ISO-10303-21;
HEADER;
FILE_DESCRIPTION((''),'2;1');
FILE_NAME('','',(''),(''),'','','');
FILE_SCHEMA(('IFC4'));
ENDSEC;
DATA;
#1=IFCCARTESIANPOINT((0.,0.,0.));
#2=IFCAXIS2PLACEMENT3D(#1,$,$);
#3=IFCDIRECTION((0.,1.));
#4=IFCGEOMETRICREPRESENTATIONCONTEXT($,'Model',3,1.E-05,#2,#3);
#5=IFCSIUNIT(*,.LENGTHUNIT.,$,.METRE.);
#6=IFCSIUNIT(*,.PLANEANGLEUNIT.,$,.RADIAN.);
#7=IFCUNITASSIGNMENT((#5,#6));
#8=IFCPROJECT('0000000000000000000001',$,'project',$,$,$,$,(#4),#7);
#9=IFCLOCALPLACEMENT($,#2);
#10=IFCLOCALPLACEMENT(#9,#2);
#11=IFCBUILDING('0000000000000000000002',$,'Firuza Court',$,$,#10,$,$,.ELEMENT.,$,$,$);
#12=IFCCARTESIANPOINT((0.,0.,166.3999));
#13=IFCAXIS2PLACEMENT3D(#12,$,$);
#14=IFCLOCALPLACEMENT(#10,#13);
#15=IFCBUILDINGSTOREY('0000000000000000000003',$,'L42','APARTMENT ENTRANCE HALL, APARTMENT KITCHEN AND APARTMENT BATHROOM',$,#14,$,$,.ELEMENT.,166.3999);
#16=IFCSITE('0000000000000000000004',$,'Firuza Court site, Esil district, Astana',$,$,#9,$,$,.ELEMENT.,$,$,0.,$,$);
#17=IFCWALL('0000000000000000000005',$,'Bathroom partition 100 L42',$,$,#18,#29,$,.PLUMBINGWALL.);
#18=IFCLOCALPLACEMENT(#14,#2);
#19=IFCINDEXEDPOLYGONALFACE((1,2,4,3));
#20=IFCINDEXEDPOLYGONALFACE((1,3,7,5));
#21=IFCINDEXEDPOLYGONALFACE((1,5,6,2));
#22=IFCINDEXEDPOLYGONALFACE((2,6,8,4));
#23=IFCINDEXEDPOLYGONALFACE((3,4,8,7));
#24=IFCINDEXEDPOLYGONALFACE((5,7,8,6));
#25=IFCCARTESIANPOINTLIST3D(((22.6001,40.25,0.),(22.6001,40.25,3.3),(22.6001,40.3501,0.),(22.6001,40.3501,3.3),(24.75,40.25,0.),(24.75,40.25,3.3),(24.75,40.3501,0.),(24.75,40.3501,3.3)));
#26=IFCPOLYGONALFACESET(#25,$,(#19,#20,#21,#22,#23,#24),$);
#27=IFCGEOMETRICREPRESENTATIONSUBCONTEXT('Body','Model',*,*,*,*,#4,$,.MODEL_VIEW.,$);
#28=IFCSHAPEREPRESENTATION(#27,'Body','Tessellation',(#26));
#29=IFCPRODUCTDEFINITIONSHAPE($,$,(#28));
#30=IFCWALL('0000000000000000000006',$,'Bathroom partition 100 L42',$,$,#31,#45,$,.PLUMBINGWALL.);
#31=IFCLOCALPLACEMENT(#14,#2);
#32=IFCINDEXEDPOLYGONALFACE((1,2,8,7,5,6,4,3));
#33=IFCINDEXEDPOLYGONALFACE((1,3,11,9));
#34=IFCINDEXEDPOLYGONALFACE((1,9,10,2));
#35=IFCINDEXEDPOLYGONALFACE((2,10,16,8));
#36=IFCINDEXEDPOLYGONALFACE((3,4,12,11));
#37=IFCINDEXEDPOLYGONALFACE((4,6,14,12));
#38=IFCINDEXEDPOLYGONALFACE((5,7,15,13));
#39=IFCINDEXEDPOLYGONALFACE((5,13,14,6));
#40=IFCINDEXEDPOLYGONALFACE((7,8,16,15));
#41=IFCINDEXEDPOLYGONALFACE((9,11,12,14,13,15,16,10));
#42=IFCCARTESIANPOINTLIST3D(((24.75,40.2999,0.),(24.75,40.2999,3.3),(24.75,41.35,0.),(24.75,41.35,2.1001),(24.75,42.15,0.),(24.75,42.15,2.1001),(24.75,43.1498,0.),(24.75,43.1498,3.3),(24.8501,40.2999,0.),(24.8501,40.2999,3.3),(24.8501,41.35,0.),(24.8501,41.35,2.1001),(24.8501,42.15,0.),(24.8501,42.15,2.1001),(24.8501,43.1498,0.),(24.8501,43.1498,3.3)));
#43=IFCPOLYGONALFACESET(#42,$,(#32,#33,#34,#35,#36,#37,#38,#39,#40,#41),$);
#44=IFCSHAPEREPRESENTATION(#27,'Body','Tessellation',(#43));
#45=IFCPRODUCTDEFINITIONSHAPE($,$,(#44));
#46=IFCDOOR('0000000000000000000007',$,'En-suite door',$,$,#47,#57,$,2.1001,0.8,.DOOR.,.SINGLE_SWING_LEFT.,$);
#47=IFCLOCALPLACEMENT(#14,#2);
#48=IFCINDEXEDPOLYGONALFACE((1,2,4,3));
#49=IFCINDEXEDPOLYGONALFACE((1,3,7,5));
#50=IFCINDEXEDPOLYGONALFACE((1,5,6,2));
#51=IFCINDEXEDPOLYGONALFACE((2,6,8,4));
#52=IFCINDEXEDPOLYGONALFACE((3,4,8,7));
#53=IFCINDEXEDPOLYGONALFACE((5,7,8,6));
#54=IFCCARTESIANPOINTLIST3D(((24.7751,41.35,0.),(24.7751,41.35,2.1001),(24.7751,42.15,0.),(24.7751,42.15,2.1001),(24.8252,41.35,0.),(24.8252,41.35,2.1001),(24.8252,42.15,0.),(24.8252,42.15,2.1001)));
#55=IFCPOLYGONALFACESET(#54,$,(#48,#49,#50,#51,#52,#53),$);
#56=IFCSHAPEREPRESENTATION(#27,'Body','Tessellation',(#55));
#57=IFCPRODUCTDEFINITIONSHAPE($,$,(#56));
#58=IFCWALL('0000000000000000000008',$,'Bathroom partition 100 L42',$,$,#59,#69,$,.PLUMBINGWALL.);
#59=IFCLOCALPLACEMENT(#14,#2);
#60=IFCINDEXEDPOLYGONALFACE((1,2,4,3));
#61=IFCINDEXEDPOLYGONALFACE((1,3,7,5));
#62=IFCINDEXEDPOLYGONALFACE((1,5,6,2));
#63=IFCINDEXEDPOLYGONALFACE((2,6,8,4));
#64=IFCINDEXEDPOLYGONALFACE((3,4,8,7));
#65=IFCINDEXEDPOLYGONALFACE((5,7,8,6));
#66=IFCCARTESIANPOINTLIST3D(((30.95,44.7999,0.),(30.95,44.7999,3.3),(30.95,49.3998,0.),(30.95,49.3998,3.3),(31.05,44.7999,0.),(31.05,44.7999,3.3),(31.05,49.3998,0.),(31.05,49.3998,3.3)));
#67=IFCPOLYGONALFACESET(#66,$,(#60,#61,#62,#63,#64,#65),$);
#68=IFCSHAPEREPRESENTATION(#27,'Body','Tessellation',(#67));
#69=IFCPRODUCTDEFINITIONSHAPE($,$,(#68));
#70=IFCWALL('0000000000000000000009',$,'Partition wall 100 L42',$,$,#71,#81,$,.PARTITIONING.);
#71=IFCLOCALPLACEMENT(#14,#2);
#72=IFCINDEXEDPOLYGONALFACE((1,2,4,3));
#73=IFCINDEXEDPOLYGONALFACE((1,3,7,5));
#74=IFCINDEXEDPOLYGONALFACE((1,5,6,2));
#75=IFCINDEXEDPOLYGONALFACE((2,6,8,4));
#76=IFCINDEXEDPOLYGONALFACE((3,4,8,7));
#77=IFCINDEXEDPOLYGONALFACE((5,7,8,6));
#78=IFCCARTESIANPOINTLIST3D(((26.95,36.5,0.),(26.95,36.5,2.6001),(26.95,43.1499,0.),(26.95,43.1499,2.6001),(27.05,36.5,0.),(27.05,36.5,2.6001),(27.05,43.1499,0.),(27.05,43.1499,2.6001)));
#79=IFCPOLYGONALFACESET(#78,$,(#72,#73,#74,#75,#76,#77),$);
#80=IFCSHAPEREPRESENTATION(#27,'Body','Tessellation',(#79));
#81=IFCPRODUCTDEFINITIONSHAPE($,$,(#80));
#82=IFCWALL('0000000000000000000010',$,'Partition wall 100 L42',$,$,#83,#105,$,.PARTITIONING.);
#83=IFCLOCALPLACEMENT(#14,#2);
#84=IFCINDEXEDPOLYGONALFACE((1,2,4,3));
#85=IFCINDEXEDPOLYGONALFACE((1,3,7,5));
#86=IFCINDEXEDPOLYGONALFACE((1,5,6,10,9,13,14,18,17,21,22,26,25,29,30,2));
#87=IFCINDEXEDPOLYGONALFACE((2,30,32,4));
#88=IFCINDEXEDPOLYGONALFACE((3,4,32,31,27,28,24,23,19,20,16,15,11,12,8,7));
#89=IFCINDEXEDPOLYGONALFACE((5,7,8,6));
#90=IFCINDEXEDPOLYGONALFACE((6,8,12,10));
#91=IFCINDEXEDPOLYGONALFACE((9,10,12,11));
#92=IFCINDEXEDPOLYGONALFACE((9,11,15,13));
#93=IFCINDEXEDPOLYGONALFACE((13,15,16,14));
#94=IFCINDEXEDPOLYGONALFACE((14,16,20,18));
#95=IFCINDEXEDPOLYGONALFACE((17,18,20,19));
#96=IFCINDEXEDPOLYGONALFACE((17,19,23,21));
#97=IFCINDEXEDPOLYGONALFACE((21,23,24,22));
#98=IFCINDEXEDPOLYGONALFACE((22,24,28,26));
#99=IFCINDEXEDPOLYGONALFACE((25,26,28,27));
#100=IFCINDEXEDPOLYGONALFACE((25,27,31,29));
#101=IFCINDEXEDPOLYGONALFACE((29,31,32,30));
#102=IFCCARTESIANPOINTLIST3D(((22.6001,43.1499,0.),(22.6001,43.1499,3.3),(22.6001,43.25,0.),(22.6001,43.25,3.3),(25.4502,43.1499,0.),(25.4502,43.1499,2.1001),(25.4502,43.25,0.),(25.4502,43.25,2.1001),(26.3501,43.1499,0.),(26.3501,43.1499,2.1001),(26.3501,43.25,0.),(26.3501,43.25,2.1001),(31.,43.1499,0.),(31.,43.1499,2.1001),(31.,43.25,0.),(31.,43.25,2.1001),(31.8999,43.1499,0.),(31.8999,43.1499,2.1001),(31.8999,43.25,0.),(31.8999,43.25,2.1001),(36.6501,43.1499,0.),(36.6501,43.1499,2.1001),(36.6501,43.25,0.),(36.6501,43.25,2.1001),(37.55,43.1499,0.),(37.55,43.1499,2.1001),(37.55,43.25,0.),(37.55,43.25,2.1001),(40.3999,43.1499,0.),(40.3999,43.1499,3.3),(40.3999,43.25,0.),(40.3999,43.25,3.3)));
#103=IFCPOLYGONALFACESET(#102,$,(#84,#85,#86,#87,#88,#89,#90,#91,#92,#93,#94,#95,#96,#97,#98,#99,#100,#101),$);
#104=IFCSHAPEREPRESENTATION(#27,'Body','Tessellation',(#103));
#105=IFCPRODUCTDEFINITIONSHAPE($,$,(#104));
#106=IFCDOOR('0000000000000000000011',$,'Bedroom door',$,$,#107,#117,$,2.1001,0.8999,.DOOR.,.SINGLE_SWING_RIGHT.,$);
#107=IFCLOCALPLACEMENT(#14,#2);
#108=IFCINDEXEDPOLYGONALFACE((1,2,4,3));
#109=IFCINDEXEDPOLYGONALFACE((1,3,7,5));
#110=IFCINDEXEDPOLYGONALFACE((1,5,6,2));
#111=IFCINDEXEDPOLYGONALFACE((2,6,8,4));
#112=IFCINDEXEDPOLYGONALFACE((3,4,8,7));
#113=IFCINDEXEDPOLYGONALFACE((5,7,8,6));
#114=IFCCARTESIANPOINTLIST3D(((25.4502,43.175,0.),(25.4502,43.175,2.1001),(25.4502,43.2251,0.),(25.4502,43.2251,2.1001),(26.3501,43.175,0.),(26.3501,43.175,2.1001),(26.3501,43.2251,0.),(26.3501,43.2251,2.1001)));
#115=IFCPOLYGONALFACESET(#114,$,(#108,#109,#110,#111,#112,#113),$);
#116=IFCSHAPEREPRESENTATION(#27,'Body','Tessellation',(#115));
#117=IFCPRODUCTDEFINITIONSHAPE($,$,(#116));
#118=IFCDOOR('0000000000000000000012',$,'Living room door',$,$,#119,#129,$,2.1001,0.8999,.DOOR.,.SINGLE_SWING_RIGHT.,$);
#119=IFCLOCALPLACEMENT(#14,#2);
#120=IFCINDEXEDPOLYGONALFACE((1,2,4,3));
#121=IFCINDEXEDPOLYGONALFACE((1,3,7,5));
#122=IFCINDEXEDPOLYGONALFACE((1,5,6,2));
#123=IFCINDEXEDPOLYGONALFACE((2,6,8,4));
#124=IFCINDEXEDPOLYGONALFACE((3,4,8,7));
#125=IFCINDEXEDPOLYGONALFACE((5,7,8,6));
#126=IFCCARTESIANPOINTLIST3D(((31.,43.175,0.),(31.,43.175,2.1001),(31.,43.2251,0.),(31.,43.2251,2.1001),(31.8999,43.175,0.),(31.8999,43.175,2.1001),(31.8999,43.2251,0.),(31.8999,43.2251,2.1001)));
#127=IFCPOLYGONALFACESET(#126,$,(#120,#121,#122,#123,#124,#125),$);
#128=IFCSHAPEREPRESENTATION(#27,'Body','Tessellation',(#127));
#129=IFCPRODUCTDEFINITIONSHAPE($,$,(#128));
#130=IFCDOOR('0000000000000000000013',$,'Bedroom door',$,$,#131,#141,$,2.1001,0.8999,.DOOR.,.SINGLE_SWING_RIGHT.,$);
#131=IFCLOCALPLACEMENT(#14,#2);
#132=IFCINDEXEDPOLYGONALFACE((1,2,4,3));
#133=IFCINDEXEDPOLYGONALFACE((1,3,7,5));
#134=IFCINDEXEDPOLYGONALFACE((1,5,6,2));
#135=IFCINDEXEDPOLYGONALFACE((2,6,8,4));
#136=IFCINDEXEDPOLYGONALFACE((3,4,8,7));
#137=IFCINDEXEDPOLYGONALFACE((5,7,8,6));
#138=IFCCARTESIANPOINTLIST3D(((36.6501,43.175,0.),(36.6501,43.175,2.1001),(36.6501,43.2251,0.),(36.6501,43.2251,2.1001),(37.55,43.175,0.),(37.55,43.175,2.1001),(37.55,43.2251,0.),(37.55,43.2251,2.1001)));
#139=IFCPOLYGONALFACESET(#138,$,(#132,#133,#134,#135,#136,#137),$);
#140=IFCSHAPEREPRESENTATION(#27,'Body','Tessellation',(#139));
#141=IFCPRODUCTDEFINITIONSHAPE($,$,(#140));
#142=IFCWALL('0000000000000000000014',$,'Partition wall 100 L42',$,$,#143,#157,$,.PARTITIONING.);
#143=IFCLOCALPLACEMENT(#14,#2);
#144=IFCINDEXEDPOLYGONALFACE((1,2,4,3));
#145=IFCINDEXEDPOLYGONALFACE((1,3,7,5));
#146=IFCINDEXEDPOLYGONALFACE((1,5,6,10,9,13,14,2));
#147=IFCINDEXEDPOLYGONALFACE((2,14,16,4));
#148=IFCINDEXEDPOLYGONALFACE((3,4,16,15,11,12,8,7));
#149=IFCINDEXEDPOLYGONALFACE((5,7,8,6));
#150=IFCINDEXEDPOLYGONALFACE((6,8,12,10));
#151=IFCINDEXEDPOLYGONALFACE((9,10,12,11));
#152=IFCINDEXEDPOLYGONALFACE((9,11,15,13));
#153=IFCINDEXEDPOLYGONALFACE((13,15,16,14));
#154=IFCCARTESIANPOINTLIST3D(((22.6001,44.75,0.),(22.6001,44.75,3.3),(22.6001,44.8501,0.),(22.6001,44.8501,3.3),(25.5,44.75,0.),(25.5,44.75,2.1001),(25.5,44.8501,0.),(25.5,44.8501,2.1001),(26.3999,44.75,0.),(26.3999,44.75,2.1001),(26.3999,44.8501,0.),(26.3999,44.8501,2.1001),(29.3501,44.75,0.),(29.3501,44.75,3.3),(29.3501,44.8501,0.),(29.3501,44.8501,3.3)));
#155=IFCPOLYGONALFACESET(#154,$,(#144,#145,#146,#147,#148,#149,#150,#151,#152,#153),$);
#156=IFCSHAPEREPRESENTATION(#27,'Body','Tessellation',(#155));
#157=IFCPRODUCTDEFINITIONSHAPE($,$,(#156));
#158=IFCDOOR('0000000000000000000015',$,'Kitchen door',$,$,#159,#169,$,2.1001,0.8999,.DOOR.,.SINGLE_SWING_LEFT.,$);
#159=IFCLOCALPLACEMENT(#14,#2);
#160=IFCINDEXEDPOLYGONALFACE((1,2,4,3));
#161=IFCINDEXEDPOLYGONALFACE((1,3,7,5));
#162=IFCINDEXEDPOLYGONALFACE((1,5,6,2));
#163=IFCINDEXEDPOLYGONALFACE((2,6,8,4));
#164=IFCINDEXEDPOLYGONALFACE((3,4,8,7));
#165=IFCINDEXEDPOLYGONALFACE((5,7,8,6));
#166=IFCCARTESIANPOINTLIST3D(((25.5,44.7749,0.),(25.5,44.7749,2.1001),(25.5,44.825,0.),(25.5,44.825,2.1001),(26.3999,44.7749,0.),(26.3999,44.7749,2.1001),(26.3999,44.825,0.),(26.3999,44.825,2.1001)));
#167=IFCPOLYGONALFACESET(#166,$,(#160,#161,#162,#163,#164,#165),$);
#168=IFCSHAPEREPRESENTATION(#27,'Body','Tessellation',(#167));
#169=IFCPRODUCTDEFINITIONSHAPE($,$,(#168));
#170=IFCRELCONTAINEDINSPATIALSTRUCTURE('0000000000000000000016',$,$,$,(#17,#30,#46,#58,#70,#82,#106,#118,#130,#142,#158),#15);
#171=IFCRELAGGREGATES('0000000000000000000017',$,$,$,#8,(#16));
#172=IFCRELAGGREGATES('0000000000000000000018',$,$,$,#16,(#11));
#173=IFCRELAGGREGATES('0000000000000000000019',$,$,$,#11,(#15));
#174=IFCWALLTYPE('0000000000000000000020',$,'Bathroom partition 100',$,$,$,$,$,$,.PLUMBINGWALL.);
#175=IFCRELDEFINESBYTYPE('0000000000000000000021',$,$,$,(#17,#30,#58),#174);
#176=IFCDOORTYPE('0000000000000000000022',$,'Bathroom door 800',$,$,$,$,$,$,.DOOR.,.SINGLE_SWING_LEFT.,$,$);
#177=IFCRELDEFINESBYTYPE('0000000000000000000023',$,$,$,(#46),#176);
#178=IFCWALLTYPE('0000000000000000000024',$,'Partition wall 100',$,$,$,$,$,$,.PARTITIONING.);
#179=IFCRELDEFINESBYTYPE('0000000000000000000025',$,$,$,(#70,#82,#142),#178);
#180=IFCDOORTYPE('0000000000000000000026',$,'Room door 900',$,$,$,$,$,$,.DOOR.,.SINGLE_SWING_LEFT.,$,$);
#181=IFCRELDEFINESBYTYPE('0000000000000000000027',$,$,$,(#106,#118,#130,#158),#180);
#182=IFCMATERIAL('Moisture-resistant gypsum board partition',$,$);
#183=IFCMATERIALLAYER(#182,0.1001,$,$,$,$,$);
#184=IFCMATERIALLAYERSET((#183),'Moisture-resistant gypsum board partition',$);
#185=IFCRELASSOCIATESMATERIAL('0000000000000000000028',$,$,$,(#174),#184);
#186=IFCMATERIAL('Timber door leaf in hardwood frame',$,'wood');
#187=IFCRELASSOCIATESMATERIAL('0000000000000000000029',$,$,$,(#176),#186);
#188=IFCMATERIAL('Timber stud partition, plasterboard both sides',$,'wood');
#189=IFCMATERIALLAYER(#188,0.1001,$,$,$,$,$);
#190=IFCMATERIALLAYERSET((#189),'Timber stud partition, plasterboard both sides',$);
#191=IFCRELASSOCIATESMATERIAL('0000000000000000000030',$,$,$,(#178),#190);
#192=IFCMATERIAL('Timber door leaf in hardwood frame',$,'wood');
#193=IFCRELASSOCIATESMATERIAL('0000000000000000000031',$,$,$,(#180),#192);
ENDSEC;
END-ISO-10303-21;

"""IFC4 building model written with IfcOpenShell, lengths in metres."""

from ifc_helpers import new_model, si_unit, direction, frame, frame_2d, origin, place, context, subcontext, project, spatial, rectangle, extrude, material, layer, layer_set, type_object, element, fill, save


model = new_model("IFC4")

# Units and contexts
model_context = context("Model", 3, precision=1e-05, world=origin(), true_north=direction((0.0, 1.0)))
body_context = subcontext(model_context, "Body", "Model", "MODEL_VIEW")
ifc_project = project(units=[si_unit("LENGTHUNIT", "METRE"), si_unit("PLANEANGLEUNIT", "RADIAN")], contexts=[model_context])

# Site, building, storey
site_placement = place(None, origin())
site = spatial("IfcSite", under=ifc_project, at=site_placement, Name="Firuza Court site, Esil district, Astana", CompositionType="ELEMENT", RefElevation=0.0)
building_placement = place(site_placement, origin())
building = spatial("IfcBuilding", under=site, at=building_placement, Name="Firuza Court", CompositionType="ELEMENT")
storey_placement = place(building_placement, frame((0.0, 0.0, 166.3999)))
storey = spatial("IfcBuildingStorey", under=building, at=storey_placement, Name="L42", Description="APARTMENT ENTRANCE HALL, APARTMENT KITCHEN AND APARTMENT BATHROOM", CompositionType="ELEMENT", Elevation=166.3999)

# Wall
ifc_material_1 = material(Name="Moisture-resistant gypsum board partition")
ifc_layer_1 = layer(ifc_material_1, 0.1001)
ifc_layer_set_1 = layer_set([ifc_layer_1], Name="Moisture-resistant gypsum board partition")
wall_type_1 = type_object("IfcWallType", Name="Bathroom partition 100", PredefinedType="PLUMBINGWALL", material=ifc_layer_set_1)
wall_1_placement = place(storey_placement, frame((22.6001, 40.3, 0.0), z_axis=(0.0, 0.0, 1.0), x_axis=(1.0, 0.0, 0.0)))
element("IfcWall", 1, at=wall_1_placement, inside=storey, type_object=wall_type_1, Name="Bathroom partition 100 L42", PredefinedType="PLUMBINGWALL", context=body_context, shape_type="SweptSolid", body=[
    extrude(rectangle(XDim=2.1499, YDim=0.1001, at=frame_2d((1.075, 0.0))), origin(), (0.0, 0.0, 1.0), 3.3),
])

# Wall, opening, door
wall_2_placement = place(storey_placement, frame((24.8, 40.3, 0.0), z_axis=(0.0, 0.0, 1.0), x_axis=(0.0, 1.0, 0.0)))
wall_2 = element("IfcWall", 2, at=wall_2_placement, inside=storey, type_object=wall_type_1, Name="Bathroom partition 100 L42", PredefinedType="PLUMBINGWALL", context=body_context, shape_type="SweptSolid", body=[
    extrude(rectangle(XDim=2.8499, YDim=0.1001, at=frame_2d((1.4248, 0.0))), origin(), (0.0, 0.0, 1.0), 3.3),
])
opening_1_placement = place(wall_2_placement, frame((1.05, 0.0, 0.0)))
opening_1 = element("IfcOpeningElement", 3, at=opening_1_placement, cuts=wall_2, PredefinedType="OPENING", context=body_context, shape_type="SweptSolid", body=[
    extrude(rectangle(XDim=0.8, YDim=2.1001, at=frame_2d((0.3999, 1.05))), frame((0.0, 0.062, 0.0), z_axis=(0.0, -1.0, 0.0), x_axis=(1.0, 0.0, 0.0)), (0.0, 0.0, 1.0), 0.124),
])
ifc_material_2 = material(Name="Timber door leaf in hardwood frame", Category="wood")
door_type_1 = type_object("IfcDoorType", Name="Bathroom door 800", OperationType="SINGLE_SWING_LEFT", PredefinedType="DOOR", material=ifc_material_2)
door_1_placement = place(opening_1_placement, origin())
door_1 = element("IfcDoor", 4, at=door_1_placement, inside=storey, type_object=door_type_1, Name="En-suite door", OperationType="SINGLE_SWING_LEFT", OverallHeight=2.1001, OverallWidth=0.8, PredefinedType="DOOR", context=body_context, shape_type="SweptSolid", body=[
    extrude(rectangle(XDim=0.8, YDim=2.1001, at=frame_2d((0.3999, 1.05))), frame((0.0, 0.0249, 0.0), z_axis=(0.0, -1.0, 0.0), x_axis=(1.0, 0.0, 0.0)), (0.0, 0.0, 1.0), 0.05),
])
fill(opening_1, door_1)

# Walls
wall_3_placement = place(storey_placement, frame((31.0, 44.8, 0.0), z_axis=(0.0, 0.0, 1.0), x_axis=(0.0, 1.0, 0.0)))
element("IfcWall", 5, at=wall_3_placement, inside=storey, type_object=wall_type_1, Name="Bathroom partition 100 L42", PredefinedType="PLUMBINGWALL", context=body_context, shape_type="SweptSolid", body=[
    extrude(rectangle(XDim=4.5999, YDim=0.1001, at=frame_2d((2.2998, 0.0))), origin(), (0.0, 0.0, 1.0), 3.3),
])
ifc_material_3 = material(Name="Timber stud partition, plasterboard both sides", Category="wood")
ifc_layer_2 = layer(ifc_material_3, 0.1001)
ifc_layer_set_2 = layer_set([ifc_layer_2], Name="Timber stud partition, plasterboard both sides")
wall_type_2 = type_object("IfcWallType", Name="Partition wall 100", PredefinedType="PARTITIONING", material=ifc_layer_set_2)
wall_4_placement = place(storey_placement, frame((27.0, 36.5, 0.0), z_axis=(0.0, 0.0, 1.0), x_axis=(0.0, 1.0, 0.0)))
element("IfcWall", 6, at=wall_4_placement, inside=storey, type_object=wall_type_2, Name="Partition wall 100 L42", PredefinedType="PARTITIONING", context=body_context, shape_type="SweptSolid", body=[
    extrude(rectangle(XDim=6.6499, YDim=0.1001, at=frame_2d((3.325, 0.0))), origin(), (0.0, 0.0, 1.0), 2.6001),
])

# Wall, openings, doors
wall_5_placement = place(storey_placement, frame((22.6001, 43.2, 0.0), z_axis=(0.0, 0.0, 1.0), x_axis=(1.0, 0.0, 0.0)))
wall_5 = element("IfcWall", 7, at=wall_5_placement, inside=storey, type_object=wall_type_2, Name="Partition wall 100 L42", PredefinedType="PARTITIONING", context=body_context, shape_type="SweptSolid", body=[
    extrude(rectangle(XDim=17.7998, YDim=0.1001, at=frame_2d((8.8999, 0.0))), origin(), (0.0, 0.0, 1.0), 3.3),
])
opening_2_placement = place(wall_5_placement, frame((2.8501, 0.0, 0.0)))
opening_2 = element("IfcOpeningElement", 8, at=opening_2_placement, cuts=wall_5, PredefinedType="OPENING", context=body_context, shape_type="SweptSolid", body=[
    extrude(rectangle(XDim=0.8999, YDim=2.1001, at=frame_2d((0.45, 1.05))), frame((0.0, 0.062, 0.0), z_axis=(0.0, -1.0, 0.0), x_axis=(1.0, 0.0, 0.0)), (0.0, 0.0, 1.0), 0.124),
])
opening_3_placement = place(wall_5_placement, frame((8.3999, 0.0, 0.0)))
opening_3 = element("IfcOpeningElement", 9, at=opening_3_placement, cuts=wall_5, PredefinedType="OPENING", context=body_context, shape_type="SweptSolid", body=[
    extrude(rectangle(XDim=0.8999, YDim=2.1001, at=frame_2d((0.45, 1.05))), frame((0.0, 0.062, 0.0), z_axis=(0.0, -1.0, 0.0), x_axis=(1.0, 0.0, 0.0)), (0.0, 0.0, 1.0), 0.124),
])
opening_4_placement = place(wall_5_placement, frame((14.05, 0.0, 0.0)))
opening_4 = element("IfcOpeningElement", 10, at=opening_4_placement, cuts=wall_5, PredefinedType="OPENING", context=body_context, shape_type="SweptSolid", body=[
    extrude(rectangle(XDim=0.8999, YDim=2.1001, at=frame_2d((0.45, 1.05))), frame((0.0, 0.062, 0.0), z_axis=(0.0, -1.0, 0.0), x_axis=(1.0, 0.0, 0.0)), (0.0, 0.0, 1.0), 0.124),
])
ifc_material_4 = material(Name="Timber door leaf in hardwood frame", Category="wood")
door_type_2 = type_object("IfcDoorType", Name="Room door 900", OperationType="SINGLE_SWING_LEFT", PredefinedType="DOOR", material=ifc_material_4)
door_2_placement = place(opening_2_placement, frame((0.8999, 0.0, 0.0), z_axis=(0.0, 0.0, 1.0), x_axis=(-1.0, 0.0, 0.0)))
door_2 = element("IfcDoor", 11, at=door_2_placement, inside=storey, type_object=door_type_2, Name="Bedroom door", OperationType="SINGLE_SWING_RIGHT", OverallHeight=2.1001, OverallWidth=0.8999, PredefinedType="DOOR", context=body_context, shape_type="SweptSolid", body=[
    extrude(rectangle(XDim=0.8999, YDim=2.1001, at=frame_2d((0.45, 1.05))), frame((0.0, 0.0249, 0.0), z_axis=(0.0, -1.0, 0.0), x_axis=(1.0, 0.0, 0.0)), (0.0, 0.0, 1.0), 0.05),
])
fill(opening_2, door_2)
door_3_placement = place(opening_3_placement, frame((0.8999, 0.0, 0.0), z_axis=(0.0, 0.0, 1.0), x_axis=(-1.0, 0.0, 0.0)))
door_3 = element("IfcDoor", 12, at=door_3_placement, inside=storey, type_object=door_type_2, Name="Living room door", OperationType="SINGLE_SWING_RIGHT", OverallHeight=2.1001, OverallWidth=0.8999, PredefinedType="DOOR", context=body_context, shape_type="SweptSolid", body=[
    extrude(rectangle(XDim=0.8999, YDim=2.1001, at=frame_2d((0.45, 1.05))), frame((0.0, 0.0249, 0.0), z_axis=(0.0, -1.0, 0.0), x_axis=(1.0, 0.0, 0.0)), (0.0, 0.0, 1.0), 0.05),
])
fill(opening_3, door_3)
door_4_placement = place(opening_4_placement, frame((0.8999, 0.0, 0.0), z_axis=(0.0, 0.0, 1.0), x_axis=(-1.0, 0.0, 0.0)))
door_4 = element("IfcDoor", 13, at=door_4_placement, inside=storey, type_object=door_type_2, Name="Bedroom door", OperationType="SINGLE_SWING_RIGHT", OverallHeight=2.1001, OverallWidth=0.8999, PredefinedType="DOOR", context=body_context, shape_type="SweptSolid", body=[
    extrude(rectangle(XDim=0.8999, YDim=2.1001, at=frame_2d((0.45, 1.05))), frame((0.0, 0.0249, 0.0), z_axis=(0.0, -1.0, 0.0), x_axis=(1.0, 0.0, 0.0)), (0.0, 0.0, 1.0), 0.05),
])
fill(opening_4, door_4)

# Wall, opening, door
wall_6_placement = place(storey_placement, frame((22.6001, 44.8, 0.0), z_axis=(0.0, 0.0, 1.0), x_axis=(1.0, 0.0, 0.0)))
wall_6 = element("IfcWall", 14, at=wall_6_placement, inside=storey, type_object=wall_type_2, Name="Partition wall 100 L42", PredefinedType="PARTITIONING", context=body_context, shape_type="SweptSolid", body=[
    extrude(rectangle(XDim=6.75, YDim=0.1001, at=frame_2d((3.375, 0.0))), origin(), (0.0, 0.0, 1.0), 3.3),
])
opening_5_placement = place(wall_6_placement, frame((2.8999, 0.0, 0.0)))
opening_5 = element("IfcOpeningElement", 15, at=opening_5_placement, cuts=wall_6, PredefinedType="OPENING", context=body_context, shape_type="SweptSolid", body=[
    extrude(rectangle(XDim=0.8999, YDim=2.1001, at=frame_2d((0.45, 1.05))), frame((0.0, 0.062, 0.0), z_axis=(0.0, -1.0, 0.0), x_axis=(1.0, 0.0, 0.0)), (0.0, 0.0, 1.0), 0.124),
])
door_5_placement = place(opening_5_placement, origin())
door_5 = element("IfcDoor", 16, at=door_5_placement, inside=storey, type_object=door_type_2, Name="Kitchen door", OperationType="SINGLE_SWING_LEFT", OverallHeight=2.1001, OverallWidth=0.8999, PredefinedType="DOOR", context=body_context, shape_type="SweptSolid", body=[
    extrude(rectangle(XDim=0.8999, YDim=2.1001, at=frame_2d((0.45, 1.05))), frame((0.0, 0.0249, 0.0), z_axis=(0.0, -1.0, 0.0), x_axis=(1.0, 0.0, 0.0)), (0.0, 0.0, 1.0), 0.05),
])
fill(opening_5, door_5)

save(model, "model.ifc")
